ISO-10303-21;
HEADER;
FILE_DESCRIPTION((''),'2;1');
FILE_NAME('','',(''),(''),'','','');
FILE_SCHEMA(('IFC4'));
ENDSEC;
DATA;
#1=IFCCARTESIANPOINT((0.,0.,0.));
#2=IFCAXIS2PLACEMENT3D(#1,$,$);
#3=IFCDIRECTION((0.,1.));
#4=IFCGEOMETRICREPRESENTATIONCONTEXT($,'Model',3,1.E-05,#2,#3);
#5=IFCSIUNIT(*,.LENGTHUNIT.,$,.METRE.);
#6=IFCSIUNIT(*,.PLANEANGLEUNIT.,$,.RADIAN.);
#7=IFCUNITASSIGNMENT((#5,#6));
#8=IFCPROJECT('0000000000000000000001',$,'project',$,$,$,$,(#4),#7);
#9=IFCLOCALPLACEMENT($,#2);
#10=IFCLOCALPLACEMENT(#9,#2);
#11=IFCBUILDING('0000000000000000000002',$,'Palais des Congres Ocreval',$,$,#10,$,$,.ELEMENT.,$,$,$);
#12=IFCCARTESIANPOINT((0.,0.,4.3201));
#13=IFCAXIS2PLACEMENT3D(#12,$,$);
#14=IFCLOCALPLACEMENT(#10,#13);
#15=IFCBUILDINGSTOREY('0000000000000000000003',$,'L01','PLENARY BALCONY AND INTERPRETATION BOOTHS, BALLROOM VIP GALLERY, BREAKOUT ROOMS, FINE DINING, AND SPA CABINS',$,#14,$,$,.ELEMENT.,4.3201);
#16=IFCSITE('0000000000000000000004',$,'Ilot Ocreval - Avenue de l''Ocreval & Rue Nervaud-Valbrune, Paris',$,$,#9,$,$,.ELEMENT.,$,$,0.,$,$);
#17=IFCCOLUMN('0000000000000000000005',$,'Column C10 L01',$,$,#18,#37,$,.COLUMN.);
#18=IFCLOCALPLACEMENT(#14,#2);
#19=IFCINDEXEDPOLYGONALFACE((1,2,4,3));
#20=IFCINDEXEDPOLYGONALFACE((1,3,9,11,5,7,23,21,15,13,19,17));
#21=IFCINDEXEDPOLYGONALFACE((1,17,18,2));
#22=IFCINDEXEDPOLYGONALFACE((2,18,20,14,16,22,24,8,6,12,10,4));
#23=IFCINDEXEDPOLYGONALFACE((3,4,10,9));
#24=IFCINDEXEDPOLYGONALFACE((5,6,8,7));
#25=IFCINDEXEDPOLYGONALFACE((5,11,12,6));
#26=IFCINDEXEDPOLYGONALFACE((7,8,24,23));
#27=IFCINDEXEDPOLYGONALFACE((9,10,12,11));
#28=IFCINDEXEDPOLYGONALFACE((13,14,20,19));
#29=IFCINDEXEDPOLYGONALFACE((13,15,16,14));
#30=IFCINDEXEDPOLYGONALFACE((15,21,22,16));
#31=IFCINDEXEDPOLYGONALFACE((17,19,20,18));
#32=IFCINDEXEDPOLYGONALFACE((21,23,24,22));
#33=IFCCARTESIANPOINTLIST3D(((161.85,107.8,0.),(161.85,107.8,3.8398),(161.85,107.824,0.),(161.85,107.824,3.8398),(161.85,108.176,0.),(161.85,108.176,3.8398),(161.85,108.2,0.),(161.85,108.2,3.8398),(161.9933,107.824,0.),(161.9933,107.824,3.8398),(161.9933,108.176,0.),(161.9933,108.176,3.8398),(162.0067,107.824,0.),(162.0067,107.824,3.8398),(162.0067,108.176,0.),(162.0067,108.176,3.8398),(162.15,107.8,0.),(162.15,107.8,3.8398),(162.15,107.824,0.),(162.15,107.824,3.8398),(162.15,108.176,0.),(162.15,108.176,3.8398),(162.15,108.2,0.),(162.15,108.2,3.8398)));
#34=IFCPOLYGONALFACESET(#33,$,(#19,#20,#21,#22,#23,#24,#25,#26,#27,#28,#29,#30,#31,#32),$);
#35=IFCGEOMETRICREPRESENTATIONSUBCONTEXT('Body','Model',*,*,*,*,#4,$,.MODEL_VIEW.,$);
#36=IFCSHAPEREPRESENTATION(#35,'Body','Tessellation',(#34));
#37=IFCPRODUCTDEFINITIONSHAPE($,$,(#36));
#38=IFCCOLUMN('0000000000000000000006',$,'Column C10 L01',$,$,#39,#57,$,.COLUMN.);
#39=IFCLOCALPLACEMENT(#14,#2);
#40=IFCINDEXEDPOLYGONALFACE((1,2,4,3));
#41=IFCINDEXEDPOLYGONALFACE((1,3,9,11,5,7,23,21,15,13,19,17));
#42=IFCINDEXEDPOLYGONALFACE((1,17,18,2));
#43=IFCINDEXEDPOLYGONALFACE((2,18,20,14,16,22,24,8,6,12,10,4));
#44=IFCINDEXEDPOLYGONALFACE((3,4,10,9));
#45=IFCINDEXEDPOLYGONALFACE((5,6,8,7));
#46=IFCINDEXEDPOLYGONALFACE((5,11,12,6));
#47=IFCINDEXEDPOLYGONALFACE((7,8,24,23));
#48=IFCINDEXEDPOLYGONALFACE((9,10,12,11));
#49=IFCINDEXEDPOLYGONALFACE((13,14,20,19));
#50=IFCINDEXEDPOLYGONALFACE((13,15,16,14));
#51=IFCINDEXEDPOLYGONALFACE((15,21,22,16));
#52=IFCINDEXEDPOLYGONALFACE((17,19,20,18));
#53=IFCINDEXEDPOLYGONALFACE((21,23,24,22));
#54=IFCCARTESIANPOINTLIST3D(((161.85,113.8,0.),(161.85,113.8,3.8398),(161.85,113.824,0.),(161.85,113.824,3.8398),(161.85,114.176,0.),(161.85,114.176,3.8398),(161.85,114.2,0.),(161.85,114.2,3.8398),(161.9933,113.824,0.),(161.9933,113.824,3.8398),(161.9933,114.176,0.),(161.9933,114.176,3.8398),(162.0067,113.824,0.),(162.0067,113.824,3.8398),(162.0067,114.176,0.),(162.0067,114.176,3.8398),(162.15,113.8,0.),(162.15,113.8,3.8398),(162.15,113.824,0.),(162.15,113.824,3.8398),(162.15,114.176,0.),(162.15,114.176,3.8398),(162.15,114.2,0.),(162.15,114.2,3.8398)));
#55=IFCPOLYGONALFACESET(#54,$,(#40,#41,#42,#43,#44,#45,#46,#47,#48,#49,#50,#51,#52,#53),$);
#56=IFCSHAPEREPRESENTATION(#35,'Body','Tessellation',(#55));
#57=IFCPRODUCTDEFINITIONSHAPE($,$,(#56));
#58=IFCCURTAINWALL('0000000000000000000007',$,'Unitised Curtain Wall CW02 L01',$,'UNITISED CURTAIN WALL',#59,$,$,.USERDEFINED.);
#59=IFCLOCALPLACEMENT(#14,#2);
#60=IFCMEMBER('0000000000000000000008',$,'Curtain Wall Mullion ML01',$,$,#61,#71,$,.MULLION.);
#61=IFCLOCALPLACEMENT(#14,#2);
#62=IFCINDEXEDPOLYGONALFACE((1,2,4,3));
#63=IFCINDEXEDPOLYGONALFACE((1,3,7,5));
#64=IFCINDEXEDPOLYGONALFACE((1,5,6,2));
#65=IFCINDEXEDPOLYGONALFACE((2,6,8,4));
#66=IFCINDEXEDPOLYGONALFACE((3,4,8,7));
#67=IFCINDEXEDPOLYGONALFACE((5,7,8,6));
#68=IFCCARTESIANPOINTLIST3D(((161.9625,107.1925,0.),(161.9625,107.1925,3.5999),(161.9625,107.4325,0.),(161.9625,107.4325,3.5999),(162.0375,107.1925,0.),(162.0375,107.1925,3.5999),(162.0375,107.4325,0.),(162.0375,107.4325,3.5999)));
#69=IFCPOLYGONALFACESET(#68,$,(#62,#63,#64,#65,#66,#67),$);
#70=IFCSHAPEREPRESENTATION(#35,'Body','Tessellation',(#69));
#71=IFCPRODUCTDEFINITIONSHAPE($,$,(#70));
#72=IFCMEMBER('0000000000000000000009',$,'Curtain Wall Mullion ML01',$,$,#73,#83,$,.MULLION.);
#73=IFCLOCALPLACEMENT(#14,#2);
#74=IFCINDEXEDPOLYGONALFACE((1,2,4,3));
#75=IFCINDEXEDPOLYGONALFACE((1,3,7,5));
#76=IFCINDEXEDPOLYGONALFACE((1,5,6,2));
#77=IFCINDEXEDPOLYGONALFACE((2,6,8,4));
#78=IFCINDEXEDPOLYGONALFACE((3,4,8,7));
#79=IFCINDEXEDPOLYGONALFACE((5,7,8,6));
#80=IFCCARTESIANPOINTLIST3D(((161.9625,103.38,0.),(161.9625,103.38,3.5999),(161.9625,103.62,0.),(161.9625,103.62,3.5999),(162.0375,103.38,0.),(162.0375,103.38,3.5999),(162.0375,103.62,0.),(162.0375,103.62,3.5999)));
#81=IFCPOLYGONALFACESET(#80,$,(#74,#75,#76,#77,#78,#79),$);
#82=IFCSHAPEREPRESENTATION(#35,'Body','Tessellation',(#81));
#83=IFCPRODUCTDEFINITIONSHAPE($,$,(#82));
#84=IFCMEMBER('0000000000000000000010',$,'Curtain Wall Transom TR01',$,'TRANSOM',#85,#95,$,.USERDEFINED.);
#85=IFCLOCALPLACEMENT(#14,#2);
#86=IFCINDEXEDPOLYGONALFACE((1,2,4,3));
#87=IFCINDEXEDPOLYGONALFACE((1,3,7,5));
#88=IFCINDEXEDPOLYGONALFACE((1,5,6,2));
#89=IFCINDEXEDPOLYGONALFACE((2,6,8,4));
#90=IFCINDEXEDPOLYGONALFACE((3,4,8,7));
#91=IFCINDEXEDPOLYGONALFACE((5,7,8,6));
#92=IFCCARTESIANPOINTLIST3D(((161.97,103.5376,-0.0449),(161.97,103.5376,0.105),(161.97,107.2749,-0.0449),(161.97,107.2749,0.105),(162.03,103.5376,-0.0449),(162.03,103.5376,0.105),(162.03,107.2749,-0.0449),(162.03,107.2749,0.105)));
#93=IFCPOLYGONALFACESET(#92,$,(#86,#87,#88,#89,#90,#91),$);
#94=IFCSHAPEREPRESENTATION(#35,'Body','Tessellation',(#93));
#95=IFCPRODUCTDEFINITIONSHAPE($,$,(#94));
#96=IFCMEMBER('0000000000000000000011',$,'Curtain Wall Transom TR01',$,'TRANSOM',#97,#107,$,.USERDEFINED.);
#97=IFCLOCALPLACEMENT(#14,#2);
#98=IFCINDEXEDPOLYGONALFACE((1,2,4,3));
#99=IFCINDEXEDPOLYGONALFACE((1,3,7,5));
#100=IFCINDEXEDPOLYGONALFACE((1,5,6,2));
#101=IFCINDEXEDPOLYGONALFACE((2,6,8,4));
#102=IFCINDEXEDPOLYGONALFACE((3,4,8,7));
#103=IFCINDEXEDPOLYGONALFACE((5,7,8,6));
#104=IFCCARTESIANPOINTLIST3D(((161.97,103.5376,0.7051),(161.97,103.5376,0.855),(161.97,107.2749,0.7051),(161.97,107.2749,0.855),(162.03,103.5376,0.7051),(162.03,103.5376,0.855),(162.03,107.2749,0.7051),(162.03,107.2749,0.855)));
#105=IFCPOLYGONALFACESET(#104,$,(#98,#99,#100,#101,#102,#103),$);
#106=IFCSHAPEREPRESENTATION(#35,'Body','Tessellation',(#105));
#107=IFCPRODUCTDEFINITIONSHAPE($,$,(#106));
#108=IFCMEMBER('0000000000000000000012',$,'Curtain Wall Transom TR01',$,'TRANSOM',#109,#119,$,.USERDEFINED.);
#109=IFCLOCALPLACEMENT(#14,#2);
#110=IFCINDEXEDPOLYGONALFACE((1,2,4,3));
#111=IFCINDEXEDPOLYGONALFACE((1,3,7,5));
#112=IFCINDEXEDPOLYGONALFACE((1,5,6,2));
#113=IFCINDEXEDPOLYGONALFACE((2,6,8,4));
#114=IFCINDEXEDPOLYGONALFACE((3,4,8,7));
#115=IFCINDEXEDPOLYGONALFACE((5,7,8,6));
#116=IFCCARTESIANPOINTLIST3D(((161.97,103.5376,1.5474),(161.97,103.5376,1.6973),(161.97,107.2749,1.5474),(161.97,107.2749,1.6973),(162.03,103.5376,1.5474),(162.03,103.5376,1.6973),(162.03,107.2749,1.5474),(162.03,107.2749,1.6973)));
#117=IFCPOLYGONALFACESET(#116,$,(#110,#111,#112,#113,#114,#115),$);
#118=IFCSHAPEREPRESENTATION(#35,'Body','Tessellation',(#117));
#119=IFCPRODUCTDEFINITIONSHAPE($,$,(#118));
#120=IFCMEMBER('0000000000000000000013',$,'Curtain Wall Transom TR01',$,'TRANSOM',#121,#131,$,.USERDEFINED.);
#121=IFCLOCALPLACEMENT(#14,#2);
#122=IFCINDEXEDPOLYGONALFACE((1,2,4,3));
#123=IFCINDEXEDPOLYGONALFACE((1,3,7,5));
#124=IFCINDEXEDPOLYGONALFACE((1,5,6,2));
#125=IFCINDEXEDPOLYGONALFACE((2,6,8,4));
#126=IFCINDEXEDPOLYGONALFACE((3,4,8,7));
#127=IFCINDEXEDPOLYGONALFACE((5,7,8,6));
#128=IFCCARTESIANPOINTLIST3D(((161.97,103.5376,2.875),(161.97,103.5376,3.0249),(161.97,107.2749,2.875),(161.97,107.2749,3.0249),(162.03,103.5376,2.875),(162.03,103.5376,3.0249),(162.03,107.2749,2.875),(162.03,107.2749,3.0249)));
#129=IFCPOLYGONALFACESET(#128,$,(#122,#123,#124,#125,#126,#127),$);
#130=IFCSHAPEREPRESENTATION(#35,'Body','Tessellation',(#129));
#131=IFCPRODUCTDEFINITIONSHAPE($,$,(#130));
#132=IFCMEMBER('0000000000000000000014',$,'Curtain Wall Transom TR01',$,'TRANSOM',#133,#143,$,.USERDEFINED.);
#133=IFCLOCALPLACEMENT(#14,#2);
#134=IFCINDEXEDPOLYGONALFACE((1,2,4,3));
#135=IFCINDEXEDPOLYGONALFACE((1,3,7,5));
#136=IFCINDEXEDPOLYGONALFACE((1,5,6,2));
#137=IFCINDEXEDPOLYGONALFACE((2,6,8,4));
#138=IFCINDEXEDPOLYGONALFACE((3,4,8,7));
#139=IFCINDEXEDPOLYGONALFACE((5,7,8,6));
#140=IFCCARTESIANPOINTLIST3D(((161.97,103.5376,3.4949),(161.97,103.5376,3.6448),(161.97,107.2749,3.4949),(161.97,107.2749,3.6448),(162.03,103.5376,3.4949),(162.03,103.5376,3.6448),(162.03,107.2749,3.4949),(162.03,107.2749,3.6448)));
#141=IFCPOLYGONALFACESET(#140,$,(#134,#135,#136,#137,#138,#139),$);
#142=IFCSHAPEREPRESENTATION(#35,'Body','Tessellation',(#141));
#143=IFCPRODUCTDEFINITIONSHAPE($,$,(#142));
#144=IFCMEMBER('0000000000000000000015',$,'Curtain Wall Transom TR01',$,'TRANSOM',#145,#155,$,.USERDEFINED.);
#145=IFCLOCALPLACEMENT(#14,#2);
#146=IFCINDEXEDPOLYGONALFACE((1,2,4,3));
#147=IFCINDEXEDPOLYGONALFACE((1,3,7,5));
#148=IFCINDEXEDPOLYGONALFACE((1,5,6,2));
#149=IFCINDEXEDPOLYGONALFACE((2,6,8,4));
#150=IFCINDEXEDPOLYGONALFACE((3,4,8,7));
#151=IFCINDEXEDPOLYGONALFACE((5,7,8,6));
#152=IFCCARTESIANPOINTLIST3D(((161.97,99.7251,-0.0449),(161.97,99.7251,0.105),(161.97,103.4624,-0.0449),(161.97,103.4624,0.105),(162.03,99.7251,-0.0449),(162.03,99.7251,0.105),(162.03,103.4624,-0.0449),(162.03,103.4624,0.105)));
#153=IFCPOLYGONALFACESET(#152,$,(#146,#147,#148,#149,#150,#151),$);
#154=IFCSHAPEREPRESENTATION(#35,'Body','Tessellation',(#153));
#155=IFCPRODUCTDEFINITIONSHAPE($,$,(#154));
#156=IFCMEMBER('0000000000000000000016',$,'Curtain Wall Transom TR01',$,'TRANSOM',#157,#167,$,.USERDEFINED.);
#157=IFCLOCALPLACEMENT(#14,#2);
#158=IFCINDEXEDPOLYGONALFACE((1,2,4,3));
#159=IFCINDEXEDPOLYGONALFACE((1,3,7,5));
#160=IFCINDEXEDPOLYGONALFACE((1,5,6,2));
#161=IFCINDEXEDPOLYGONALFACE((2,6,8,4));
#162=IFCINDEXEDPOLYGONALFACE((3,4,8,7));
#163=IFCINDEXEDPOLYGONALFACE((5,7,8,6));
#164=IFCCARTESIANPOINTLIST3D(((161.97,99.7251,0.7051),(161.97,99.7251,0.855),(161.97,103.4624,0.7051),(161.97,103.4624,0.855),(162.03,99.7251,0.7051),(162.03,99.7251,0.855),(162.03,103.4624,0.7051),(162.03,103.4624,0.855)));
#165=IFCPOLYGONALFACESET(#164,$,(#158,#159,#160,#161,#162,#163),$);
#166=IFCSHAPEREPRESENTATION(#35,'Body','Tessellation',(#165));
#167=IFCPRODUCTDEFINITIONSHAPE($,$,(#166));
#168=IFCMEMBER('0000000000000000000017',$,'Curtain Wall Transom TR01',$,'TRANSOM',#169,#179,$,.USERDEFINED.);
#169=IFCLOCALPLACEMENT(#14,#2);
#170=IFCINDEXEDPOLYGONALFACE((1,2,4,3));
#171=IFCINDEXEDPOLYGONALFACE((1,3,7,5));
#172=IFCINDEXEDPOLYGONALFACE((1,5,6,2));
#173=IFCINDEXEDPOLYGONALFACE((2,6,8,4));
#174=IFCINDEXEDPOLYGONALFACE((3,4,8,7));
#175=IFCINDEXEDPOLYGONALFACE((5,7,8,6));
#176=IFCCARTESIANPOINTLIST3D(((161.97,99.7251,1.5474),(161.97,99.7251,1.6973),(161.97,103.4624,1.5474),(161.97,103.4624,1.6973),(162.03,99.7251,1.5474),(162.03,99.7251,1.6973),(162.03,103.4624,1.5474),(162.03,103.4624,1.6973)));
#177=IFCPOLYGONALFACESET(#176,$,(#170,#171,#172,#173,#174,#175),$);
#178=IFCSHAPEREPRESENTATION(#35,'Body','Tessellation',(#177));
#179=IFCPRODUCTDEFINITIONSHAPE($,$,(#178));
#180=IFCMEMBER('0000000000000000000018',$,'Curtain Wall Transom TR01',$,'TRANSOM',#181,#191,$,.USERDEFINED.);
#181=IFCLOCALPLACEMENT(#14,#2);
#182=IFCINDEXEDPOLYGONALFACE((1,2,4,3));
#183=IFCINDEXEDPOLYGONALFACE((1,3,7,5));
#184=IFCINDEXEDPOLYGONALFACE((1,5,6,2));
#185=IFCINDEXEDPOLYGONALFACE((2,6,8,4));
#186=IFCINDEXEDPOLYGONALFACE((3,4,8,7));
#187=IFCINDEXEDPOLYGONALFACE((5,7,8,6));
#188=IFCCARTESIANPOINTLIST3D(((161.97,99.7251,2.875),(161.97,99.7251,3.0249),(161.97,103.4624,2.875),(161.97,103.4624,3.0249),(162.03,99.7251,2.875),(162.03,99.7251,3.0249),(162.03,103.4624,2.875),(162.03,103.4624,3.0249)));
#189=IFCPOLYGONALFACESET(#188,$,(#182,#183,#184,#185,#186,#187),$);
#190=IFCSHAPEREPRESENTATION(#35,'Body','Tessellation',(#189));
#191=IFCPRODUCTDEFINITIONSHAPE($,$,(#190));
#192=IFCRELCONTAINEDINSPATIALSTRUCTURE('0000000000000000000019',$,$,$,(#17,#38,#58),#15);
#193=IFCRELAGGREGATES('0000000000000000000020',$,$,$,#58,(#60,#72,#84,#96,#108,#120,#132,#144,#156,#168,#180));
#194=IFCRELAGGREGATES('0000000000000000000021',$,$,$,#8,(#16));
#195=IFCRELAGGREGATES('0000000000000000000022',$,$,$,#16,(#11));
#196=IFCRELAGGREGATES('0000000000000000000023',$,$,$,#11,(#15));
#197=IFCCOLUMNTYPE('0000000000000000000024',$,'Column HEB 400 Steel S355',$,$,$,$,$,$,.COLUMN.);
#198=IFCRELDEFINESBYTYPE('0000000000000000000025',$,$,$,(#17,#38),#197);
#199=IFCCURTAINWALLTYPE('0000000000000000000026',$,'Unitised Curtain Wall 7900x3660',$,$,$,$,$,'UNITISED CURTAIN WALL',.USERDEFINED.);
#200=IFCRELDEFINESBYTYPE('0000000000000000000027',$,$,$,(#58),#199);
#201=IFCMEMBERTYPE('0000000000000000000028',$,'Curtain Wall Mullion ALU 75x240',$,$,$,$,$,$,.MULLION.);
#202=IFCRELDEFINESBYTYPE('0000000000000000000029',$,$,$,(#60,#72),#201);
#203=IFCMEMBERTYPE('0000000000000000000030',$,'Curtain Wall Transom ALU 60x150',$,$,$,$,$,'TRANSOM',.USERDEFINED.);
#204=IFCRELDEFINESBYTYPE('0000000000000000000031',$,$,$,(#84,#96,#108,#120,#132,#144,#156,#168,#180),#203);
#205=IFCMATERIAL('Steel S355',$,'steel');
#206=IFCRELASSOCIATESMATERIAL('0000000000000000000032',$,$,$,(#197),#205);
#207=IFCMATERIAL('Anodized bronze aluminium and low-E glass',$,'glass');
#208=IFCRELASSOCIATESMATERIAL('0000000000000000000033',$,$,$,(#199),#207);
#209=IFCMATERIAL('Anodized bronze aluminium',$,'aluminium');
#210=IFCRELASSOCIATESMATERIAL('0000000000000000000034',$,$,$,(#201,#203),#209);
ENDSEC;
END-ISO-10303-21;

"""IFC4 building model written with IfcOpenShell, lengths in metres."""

from ifc_helpers import new_model, si_unit, direction, frame, origin, origin_2d, place, context, subcontext, project, spatial, rectangle, i_section, extrude, material, material_profile, profile_set, type_object, element, aggregate, save


model = new_model("IFC4")

# Units and contexts
model_context = context("Model", 3, precision=1e-05, world=origin(), true_north=direction((0.0, 1.0)))
body_context = subcontext(model_context, "Body", "Model", "MODEL_VIEW")
ifc_project = project(units=[si_unit("LENGTHUNIT", "METRE"), si_unit("PLANEANGLEUNIT", "RADIAN")], contexts=[model_context])

# Site, building, storey
site_placement = place(None, origin())
site = spatial("IfcSite", under=ifc_project, at=site_placement, Name="Ilot Ocreval - Avenue de l'Ocreval & Rue Nervaud-Valbrune, Paris", CompositionType="ELEMENT", RefElevation=0.0)
building_placement = place(site_placement, origin())
building = spatial("IfcBuilding", under=site, at=building_placement, Name="Palais des Congres Ocreval", CompositionType="ELEMENT")
storey_placement = place(building_placement, frame((0.0, 0.0, 4.3201)))
storey = spatial("IfcBuildingStorey", under=building, at=storey_placement, Name="L01", Description="PLENARY BALCONY AND INTERPRETATION BOOTHS, BALLROOM VIP GALLERY, BREAKOUT ROOMS, FINE DINING, AND SPA CABINS", CompositionType="ELEMENT", Elevation=4.3201)

# Columns
ifc_material_1 = material(Name="Steel S355", Category="steel")
ifc_material_profile_1 = material_profile(ifc_material_1, i_section(OverallWidth=0.3, OverallDepth=0.3999, WebThickness=0.0134, FlangeThickness=0.0239, at=origin_2d()), Name="HEB 400")
ifc_profile_set_1 = profile_set([ifc_material_profile_1], Name="Steel S355")
column_type = type_object("IfcColumnType", Name="Column HEB 400 Steel S355", PredefinedType="COLUMN", material=ifc_profile_set_1)
for number, where, z_axis, x_axis, name in (
    (1, (162.0, 108.0, 0.0), (0.0, 0.0, 1.0), (1.0, 0.0, 0.0), "Column C10 L01"),
    (2, (162.0, 114.0, 0.0), (0.0, 0.0, 1.0), (1.0, 0.0, 0.0), "Column C10 L01"),
):
    element("IfcColumn", number, at=place(storey_placement, frame(where, z_axis=z_axis, x_axis=x_axis)), inside=storey, type_object=column_type, Name=name, PredefinedType="COLUMN", context=body_context, shape_type="SweptSolid", body=[
        extrude(i_section(OverallWidth=0.3, OverallDepth=0.3999, WebThickness=0.0134, FlangeThickness=0.0239, at=origin_2d()), origin(), (0.0, 0.0, 1.0), 3.8398),
    ])

# Curtain wall, members
ifc_material_2 = material(Name="Anodized bronze aluminium and low-E glass", Category="glass")
curtain_wall_type = type_object("IfcCurtainWallType", Name="Unitised Curtain Wall 7900x3660", ElementType="UNITISED CURTAIN WALL", PredefinedType="USERDEFINED", material=ifc_material_2)
curtain_wall_placement = place(storey_placement, origin())
curtain_wall = element("IfcCurtainWall", 3, at=curtain_wall_placement, inside=storey, type_object=curtain_wall_type, Name="Unitised Curtain Wall CW02 L01", ObjectType="UNITISED CURTAIN WALL", PredefinedType="USERDEFINED")
ifc_material_3 = material(Name="Anodized bronze aluminium", Category="aluminium")
ifc_material_profile_2 = material_profile(ifc_material_3, rectangle(XDim=0.075, YDim=0.24, at=origin_2d()), Name="ALU 75x240")
ifc_profile_set_2 = profile_set([ifc_material_profile_2], Name="Anodized bronze aluminium")
member_type_1 = type_object("IfcMemberType", Name="Curtain Wall Mullion ALU 75x240", PredefinedType="MULLION", material=ifc_profile_set_2)
member_1_placement = place(storey_placement, frame((162.0, 107.3125, 0.0), z_axis=(0.0, 0.0, 1.0), x_axis=(1.0, 0.0, 0.0)))
member_1 = element("IfcMember", 4, at=member_1_placement, type_object=member_type_1, Name="Curtain Wall Mullion ML01", PredefinedType="MULLION", context=body_context, shape_type="SweptSolid", body=[
    extrude(rectangle(XDim=0.075, YDim=0.24, at=origin_2d()), origin(), (0.0, 0.0, 1.0), 3.5999),
])
member_2_placement = place(storey_placement, frame((162.0, 103.5, 0.0), z_axis=(0.0, 0.0, 1.0), x_axis=(1.0, 0.0, 0.0)))
member_2 = element("IfcMember", 5, at=member_2_placement, type_object=member_type_1, Name="Curtain Wall Mullion ML01", PredefinedType="MULLION", context=body_context, shape_type="SweptSolid", body=[
    extrude(rectangle(XDim=0.075, YDim=0.24, at=origin_2d()), origin(), (0.0, 0.0, 1.0), 3.5999),
])
ifc_material_profile_3 = material_profile(ifc_material_3, rectangle(XDim=0.0601, YDim=0.1499, at=origin_2d()), Name="ALU 60x150")
ifc_profile_set_3 = profile_set([ifc_material_profile_3], Name="Anodized bronze aluminium")
member_type_2 = type_object("IfcMemberType", Name="Curtain Wall Transom ALU 60x150", ElementType="TRANSOM", PredefinedType="USERDEFINED", material=ifc_profile_set_3)
member_3_placement = place(storey_placement, frame((162.0, 107.2749, 0.03), z_axis=(0.0, -1.0, 0.0), x_axis=(1.0, 0.0, 0.0)))
member_3 = element("IfcMember", 6, at=member_3_placement, type_object=member_type_2, Name="Curtain Wall Transom TR01", ObjectType="TRANSOM", PredefinedType="USERDEFINED", context=body_context, shape_type="SweptSolid", body=[
    extrude(rectangle(XDim=0.0601, YDim=0.1499, at=origin_2d()), origin(), (0.0, 0.0, 1.0), 3.7373),
])
member_4_placement = place(storey_placement, frame((162.0, 107.2749, 0.78), z_axis=(0.0, -1.0, 0.0), x_axis=(1.0, 0.0, 0.0)))
member_4 = element("IfcMember", 7, at=member_4_placement, type_object=member_type_2, Name="Curtain Wall Transom TR01", ObjectType="TRANSOM", PredefinedType="USERDEFINED", context=body_context, shape_type="SweptSolid", body=[
    extrude(rectangle(XDim=0.0601, YDim=0.1499, at=origin_2d()), origin(), (0.0, 0.0, 1.0), 3.7373),
])
member_5_placement = place(storey_placement, frame((162.0, 107.2749, 1.6223), z_axis=(0.0, -1.0, 0.0), x_axis=(1.0, 0.0, 0.0)))
member_5 = element("IfcMember", 8, at=member_5_placement, type_object=member_type_2, Name="Curtain Wall Transom TR01", ObjectType="TRANSOM", PredefinedType="USERDEFINED", context=body_context, shape_type="SweptSolid", body=[
    extrude(rectangle(XDim=0.0601, YDim=0.1499, at=origin_2d()), origin(), (0.0, 0.0, 1.0), 3.7373),
])
member_6_placement = place(storey_placement, frame((162.0, 107.2749, 2.95), z_axis=(0.0, -1.0, 0.0), x_axis=(1.0, 0.0, 0.0)))
member_6 = element("IfcMember", 9, at=member_6_placement, type_object=member_type_2, Name="Curtain Wall Transom TR01", ObjectType="TRANSOM", PredefinedType="USERDEFINED", context=body_context, shape_type="SweptSolid", body=[
    extrude(rectangle(XDim=0.0601, YDim=0.1499, at=origin_2d()), origin(), (0.0, 0.0, 1.0), 3.7373),
])
member_7_placement = place(storey_placement, frame((162.0, 107.2749, 3.5698), z_axis=(0.0, -1.0, 0.0), x_axis=(1.0, 0.0, 0.0)))
member_7 = element("IfcMember", 10, at=member_7_placement, type_object=member_type_2, Name="Curtain Wall Transom TR01", ObjectType="TRANSOM", PredefinedType="USERDEFINED", context=body_context, shape_type="SweptSolid", body=[
    extrude(rectangle(XDim=0.0601, YDim=0.1499, at=origin_2d()), origin(), (0.0, 0.0, 1.0), 3.7373),
])
member_8_placement = place(storey_placement, frame((162.0, 103.4624, 0.03), z_axis=(0.0, -1.0, 0.0), x_axis=(1.0, 0.0, 0.0)))
member_8 = element("IfcMember", 11, at=member_8_placement, type_object=member_type_2, Name="Curtain Wall Transom TR01", ObjectType="TRANSOM", PredefinedType="USERDEFINED", context=body_context, shape_type="SweptSolid", body=[
    extrude(rectangle(XDim=0.0601, YDim=0.1499, at=origin_2d()), origin(), (0.0, 0.0, 1.0), 3.7373),
])
member_9_placement = place(storey_placement, frame((162.0, 103.4624, 0.78), z_axis=(0.0, -1.0, 0.0), x_axis=(1.0, 0.0, 0.0)))
member_9 = element("IfcMember", 12, at=member_9_placement, type_object=member_type_2, Name="Curtain Wall Transom TR01", ObjectType="TRANSOM", PredefinedType="USERDEFINED", context=body_context, shape_type="SweptSolid", body=[
    extrude(rectangle(XDim=0.0601, YDim=0.1499, at=origin_2d()), origin(), (0.0, 0.0, 1.0), 3.7373),
])
member_10_placement = place(storey_placement, frame((162.0, 103.4624, 1.6223), z_axis=(0.0, -1.0, 0.0), x_axis=(1.0, 0.0, 0.0)))
member_10 = element("IfcMember", 13, at=member_10_placement, type_object=member_type_2, Name="Curtain Wall Transom TR01", ObjectType="TRANSOM", PredefinedType="USERDEFINED", context=body_context, shape_type="SweptSolid", body=[
    extrude(rectangle(XDim=0.0601, YDim=0.1499, at=origin_2d()), origin(), (0.0, 0.0, 1.0), 3.7373),
])
member_11_placement = place(storey_placement, frame((162.0, 103.4624, 2.95), z_axis=(0.0, -1.0, 0.0), x_axis=(1.0, 0.0, 0.0)))
member_11 = element("IfcMember", 14, at=member_11_placement, type_object=member_type_2, Name="Curtain Wall Transom TR01", ObjectType="TRANSOM", PredefinedType="USERDEFINED", context=body_context, shape_type="SweptSolid", body=[
    extrude(rectangle(XDim=0.0601, YDim=0.1499, at=origin_2d()), origin(), (0.0, 0.0, 1.0), 3.7373),
])

aggregate(curtain_wall, [member_1, member_2, member_3, member_4, member_5, member_6, member_7, member_8, member_9, member_10, member_11])

save(model, "model.ifc")
